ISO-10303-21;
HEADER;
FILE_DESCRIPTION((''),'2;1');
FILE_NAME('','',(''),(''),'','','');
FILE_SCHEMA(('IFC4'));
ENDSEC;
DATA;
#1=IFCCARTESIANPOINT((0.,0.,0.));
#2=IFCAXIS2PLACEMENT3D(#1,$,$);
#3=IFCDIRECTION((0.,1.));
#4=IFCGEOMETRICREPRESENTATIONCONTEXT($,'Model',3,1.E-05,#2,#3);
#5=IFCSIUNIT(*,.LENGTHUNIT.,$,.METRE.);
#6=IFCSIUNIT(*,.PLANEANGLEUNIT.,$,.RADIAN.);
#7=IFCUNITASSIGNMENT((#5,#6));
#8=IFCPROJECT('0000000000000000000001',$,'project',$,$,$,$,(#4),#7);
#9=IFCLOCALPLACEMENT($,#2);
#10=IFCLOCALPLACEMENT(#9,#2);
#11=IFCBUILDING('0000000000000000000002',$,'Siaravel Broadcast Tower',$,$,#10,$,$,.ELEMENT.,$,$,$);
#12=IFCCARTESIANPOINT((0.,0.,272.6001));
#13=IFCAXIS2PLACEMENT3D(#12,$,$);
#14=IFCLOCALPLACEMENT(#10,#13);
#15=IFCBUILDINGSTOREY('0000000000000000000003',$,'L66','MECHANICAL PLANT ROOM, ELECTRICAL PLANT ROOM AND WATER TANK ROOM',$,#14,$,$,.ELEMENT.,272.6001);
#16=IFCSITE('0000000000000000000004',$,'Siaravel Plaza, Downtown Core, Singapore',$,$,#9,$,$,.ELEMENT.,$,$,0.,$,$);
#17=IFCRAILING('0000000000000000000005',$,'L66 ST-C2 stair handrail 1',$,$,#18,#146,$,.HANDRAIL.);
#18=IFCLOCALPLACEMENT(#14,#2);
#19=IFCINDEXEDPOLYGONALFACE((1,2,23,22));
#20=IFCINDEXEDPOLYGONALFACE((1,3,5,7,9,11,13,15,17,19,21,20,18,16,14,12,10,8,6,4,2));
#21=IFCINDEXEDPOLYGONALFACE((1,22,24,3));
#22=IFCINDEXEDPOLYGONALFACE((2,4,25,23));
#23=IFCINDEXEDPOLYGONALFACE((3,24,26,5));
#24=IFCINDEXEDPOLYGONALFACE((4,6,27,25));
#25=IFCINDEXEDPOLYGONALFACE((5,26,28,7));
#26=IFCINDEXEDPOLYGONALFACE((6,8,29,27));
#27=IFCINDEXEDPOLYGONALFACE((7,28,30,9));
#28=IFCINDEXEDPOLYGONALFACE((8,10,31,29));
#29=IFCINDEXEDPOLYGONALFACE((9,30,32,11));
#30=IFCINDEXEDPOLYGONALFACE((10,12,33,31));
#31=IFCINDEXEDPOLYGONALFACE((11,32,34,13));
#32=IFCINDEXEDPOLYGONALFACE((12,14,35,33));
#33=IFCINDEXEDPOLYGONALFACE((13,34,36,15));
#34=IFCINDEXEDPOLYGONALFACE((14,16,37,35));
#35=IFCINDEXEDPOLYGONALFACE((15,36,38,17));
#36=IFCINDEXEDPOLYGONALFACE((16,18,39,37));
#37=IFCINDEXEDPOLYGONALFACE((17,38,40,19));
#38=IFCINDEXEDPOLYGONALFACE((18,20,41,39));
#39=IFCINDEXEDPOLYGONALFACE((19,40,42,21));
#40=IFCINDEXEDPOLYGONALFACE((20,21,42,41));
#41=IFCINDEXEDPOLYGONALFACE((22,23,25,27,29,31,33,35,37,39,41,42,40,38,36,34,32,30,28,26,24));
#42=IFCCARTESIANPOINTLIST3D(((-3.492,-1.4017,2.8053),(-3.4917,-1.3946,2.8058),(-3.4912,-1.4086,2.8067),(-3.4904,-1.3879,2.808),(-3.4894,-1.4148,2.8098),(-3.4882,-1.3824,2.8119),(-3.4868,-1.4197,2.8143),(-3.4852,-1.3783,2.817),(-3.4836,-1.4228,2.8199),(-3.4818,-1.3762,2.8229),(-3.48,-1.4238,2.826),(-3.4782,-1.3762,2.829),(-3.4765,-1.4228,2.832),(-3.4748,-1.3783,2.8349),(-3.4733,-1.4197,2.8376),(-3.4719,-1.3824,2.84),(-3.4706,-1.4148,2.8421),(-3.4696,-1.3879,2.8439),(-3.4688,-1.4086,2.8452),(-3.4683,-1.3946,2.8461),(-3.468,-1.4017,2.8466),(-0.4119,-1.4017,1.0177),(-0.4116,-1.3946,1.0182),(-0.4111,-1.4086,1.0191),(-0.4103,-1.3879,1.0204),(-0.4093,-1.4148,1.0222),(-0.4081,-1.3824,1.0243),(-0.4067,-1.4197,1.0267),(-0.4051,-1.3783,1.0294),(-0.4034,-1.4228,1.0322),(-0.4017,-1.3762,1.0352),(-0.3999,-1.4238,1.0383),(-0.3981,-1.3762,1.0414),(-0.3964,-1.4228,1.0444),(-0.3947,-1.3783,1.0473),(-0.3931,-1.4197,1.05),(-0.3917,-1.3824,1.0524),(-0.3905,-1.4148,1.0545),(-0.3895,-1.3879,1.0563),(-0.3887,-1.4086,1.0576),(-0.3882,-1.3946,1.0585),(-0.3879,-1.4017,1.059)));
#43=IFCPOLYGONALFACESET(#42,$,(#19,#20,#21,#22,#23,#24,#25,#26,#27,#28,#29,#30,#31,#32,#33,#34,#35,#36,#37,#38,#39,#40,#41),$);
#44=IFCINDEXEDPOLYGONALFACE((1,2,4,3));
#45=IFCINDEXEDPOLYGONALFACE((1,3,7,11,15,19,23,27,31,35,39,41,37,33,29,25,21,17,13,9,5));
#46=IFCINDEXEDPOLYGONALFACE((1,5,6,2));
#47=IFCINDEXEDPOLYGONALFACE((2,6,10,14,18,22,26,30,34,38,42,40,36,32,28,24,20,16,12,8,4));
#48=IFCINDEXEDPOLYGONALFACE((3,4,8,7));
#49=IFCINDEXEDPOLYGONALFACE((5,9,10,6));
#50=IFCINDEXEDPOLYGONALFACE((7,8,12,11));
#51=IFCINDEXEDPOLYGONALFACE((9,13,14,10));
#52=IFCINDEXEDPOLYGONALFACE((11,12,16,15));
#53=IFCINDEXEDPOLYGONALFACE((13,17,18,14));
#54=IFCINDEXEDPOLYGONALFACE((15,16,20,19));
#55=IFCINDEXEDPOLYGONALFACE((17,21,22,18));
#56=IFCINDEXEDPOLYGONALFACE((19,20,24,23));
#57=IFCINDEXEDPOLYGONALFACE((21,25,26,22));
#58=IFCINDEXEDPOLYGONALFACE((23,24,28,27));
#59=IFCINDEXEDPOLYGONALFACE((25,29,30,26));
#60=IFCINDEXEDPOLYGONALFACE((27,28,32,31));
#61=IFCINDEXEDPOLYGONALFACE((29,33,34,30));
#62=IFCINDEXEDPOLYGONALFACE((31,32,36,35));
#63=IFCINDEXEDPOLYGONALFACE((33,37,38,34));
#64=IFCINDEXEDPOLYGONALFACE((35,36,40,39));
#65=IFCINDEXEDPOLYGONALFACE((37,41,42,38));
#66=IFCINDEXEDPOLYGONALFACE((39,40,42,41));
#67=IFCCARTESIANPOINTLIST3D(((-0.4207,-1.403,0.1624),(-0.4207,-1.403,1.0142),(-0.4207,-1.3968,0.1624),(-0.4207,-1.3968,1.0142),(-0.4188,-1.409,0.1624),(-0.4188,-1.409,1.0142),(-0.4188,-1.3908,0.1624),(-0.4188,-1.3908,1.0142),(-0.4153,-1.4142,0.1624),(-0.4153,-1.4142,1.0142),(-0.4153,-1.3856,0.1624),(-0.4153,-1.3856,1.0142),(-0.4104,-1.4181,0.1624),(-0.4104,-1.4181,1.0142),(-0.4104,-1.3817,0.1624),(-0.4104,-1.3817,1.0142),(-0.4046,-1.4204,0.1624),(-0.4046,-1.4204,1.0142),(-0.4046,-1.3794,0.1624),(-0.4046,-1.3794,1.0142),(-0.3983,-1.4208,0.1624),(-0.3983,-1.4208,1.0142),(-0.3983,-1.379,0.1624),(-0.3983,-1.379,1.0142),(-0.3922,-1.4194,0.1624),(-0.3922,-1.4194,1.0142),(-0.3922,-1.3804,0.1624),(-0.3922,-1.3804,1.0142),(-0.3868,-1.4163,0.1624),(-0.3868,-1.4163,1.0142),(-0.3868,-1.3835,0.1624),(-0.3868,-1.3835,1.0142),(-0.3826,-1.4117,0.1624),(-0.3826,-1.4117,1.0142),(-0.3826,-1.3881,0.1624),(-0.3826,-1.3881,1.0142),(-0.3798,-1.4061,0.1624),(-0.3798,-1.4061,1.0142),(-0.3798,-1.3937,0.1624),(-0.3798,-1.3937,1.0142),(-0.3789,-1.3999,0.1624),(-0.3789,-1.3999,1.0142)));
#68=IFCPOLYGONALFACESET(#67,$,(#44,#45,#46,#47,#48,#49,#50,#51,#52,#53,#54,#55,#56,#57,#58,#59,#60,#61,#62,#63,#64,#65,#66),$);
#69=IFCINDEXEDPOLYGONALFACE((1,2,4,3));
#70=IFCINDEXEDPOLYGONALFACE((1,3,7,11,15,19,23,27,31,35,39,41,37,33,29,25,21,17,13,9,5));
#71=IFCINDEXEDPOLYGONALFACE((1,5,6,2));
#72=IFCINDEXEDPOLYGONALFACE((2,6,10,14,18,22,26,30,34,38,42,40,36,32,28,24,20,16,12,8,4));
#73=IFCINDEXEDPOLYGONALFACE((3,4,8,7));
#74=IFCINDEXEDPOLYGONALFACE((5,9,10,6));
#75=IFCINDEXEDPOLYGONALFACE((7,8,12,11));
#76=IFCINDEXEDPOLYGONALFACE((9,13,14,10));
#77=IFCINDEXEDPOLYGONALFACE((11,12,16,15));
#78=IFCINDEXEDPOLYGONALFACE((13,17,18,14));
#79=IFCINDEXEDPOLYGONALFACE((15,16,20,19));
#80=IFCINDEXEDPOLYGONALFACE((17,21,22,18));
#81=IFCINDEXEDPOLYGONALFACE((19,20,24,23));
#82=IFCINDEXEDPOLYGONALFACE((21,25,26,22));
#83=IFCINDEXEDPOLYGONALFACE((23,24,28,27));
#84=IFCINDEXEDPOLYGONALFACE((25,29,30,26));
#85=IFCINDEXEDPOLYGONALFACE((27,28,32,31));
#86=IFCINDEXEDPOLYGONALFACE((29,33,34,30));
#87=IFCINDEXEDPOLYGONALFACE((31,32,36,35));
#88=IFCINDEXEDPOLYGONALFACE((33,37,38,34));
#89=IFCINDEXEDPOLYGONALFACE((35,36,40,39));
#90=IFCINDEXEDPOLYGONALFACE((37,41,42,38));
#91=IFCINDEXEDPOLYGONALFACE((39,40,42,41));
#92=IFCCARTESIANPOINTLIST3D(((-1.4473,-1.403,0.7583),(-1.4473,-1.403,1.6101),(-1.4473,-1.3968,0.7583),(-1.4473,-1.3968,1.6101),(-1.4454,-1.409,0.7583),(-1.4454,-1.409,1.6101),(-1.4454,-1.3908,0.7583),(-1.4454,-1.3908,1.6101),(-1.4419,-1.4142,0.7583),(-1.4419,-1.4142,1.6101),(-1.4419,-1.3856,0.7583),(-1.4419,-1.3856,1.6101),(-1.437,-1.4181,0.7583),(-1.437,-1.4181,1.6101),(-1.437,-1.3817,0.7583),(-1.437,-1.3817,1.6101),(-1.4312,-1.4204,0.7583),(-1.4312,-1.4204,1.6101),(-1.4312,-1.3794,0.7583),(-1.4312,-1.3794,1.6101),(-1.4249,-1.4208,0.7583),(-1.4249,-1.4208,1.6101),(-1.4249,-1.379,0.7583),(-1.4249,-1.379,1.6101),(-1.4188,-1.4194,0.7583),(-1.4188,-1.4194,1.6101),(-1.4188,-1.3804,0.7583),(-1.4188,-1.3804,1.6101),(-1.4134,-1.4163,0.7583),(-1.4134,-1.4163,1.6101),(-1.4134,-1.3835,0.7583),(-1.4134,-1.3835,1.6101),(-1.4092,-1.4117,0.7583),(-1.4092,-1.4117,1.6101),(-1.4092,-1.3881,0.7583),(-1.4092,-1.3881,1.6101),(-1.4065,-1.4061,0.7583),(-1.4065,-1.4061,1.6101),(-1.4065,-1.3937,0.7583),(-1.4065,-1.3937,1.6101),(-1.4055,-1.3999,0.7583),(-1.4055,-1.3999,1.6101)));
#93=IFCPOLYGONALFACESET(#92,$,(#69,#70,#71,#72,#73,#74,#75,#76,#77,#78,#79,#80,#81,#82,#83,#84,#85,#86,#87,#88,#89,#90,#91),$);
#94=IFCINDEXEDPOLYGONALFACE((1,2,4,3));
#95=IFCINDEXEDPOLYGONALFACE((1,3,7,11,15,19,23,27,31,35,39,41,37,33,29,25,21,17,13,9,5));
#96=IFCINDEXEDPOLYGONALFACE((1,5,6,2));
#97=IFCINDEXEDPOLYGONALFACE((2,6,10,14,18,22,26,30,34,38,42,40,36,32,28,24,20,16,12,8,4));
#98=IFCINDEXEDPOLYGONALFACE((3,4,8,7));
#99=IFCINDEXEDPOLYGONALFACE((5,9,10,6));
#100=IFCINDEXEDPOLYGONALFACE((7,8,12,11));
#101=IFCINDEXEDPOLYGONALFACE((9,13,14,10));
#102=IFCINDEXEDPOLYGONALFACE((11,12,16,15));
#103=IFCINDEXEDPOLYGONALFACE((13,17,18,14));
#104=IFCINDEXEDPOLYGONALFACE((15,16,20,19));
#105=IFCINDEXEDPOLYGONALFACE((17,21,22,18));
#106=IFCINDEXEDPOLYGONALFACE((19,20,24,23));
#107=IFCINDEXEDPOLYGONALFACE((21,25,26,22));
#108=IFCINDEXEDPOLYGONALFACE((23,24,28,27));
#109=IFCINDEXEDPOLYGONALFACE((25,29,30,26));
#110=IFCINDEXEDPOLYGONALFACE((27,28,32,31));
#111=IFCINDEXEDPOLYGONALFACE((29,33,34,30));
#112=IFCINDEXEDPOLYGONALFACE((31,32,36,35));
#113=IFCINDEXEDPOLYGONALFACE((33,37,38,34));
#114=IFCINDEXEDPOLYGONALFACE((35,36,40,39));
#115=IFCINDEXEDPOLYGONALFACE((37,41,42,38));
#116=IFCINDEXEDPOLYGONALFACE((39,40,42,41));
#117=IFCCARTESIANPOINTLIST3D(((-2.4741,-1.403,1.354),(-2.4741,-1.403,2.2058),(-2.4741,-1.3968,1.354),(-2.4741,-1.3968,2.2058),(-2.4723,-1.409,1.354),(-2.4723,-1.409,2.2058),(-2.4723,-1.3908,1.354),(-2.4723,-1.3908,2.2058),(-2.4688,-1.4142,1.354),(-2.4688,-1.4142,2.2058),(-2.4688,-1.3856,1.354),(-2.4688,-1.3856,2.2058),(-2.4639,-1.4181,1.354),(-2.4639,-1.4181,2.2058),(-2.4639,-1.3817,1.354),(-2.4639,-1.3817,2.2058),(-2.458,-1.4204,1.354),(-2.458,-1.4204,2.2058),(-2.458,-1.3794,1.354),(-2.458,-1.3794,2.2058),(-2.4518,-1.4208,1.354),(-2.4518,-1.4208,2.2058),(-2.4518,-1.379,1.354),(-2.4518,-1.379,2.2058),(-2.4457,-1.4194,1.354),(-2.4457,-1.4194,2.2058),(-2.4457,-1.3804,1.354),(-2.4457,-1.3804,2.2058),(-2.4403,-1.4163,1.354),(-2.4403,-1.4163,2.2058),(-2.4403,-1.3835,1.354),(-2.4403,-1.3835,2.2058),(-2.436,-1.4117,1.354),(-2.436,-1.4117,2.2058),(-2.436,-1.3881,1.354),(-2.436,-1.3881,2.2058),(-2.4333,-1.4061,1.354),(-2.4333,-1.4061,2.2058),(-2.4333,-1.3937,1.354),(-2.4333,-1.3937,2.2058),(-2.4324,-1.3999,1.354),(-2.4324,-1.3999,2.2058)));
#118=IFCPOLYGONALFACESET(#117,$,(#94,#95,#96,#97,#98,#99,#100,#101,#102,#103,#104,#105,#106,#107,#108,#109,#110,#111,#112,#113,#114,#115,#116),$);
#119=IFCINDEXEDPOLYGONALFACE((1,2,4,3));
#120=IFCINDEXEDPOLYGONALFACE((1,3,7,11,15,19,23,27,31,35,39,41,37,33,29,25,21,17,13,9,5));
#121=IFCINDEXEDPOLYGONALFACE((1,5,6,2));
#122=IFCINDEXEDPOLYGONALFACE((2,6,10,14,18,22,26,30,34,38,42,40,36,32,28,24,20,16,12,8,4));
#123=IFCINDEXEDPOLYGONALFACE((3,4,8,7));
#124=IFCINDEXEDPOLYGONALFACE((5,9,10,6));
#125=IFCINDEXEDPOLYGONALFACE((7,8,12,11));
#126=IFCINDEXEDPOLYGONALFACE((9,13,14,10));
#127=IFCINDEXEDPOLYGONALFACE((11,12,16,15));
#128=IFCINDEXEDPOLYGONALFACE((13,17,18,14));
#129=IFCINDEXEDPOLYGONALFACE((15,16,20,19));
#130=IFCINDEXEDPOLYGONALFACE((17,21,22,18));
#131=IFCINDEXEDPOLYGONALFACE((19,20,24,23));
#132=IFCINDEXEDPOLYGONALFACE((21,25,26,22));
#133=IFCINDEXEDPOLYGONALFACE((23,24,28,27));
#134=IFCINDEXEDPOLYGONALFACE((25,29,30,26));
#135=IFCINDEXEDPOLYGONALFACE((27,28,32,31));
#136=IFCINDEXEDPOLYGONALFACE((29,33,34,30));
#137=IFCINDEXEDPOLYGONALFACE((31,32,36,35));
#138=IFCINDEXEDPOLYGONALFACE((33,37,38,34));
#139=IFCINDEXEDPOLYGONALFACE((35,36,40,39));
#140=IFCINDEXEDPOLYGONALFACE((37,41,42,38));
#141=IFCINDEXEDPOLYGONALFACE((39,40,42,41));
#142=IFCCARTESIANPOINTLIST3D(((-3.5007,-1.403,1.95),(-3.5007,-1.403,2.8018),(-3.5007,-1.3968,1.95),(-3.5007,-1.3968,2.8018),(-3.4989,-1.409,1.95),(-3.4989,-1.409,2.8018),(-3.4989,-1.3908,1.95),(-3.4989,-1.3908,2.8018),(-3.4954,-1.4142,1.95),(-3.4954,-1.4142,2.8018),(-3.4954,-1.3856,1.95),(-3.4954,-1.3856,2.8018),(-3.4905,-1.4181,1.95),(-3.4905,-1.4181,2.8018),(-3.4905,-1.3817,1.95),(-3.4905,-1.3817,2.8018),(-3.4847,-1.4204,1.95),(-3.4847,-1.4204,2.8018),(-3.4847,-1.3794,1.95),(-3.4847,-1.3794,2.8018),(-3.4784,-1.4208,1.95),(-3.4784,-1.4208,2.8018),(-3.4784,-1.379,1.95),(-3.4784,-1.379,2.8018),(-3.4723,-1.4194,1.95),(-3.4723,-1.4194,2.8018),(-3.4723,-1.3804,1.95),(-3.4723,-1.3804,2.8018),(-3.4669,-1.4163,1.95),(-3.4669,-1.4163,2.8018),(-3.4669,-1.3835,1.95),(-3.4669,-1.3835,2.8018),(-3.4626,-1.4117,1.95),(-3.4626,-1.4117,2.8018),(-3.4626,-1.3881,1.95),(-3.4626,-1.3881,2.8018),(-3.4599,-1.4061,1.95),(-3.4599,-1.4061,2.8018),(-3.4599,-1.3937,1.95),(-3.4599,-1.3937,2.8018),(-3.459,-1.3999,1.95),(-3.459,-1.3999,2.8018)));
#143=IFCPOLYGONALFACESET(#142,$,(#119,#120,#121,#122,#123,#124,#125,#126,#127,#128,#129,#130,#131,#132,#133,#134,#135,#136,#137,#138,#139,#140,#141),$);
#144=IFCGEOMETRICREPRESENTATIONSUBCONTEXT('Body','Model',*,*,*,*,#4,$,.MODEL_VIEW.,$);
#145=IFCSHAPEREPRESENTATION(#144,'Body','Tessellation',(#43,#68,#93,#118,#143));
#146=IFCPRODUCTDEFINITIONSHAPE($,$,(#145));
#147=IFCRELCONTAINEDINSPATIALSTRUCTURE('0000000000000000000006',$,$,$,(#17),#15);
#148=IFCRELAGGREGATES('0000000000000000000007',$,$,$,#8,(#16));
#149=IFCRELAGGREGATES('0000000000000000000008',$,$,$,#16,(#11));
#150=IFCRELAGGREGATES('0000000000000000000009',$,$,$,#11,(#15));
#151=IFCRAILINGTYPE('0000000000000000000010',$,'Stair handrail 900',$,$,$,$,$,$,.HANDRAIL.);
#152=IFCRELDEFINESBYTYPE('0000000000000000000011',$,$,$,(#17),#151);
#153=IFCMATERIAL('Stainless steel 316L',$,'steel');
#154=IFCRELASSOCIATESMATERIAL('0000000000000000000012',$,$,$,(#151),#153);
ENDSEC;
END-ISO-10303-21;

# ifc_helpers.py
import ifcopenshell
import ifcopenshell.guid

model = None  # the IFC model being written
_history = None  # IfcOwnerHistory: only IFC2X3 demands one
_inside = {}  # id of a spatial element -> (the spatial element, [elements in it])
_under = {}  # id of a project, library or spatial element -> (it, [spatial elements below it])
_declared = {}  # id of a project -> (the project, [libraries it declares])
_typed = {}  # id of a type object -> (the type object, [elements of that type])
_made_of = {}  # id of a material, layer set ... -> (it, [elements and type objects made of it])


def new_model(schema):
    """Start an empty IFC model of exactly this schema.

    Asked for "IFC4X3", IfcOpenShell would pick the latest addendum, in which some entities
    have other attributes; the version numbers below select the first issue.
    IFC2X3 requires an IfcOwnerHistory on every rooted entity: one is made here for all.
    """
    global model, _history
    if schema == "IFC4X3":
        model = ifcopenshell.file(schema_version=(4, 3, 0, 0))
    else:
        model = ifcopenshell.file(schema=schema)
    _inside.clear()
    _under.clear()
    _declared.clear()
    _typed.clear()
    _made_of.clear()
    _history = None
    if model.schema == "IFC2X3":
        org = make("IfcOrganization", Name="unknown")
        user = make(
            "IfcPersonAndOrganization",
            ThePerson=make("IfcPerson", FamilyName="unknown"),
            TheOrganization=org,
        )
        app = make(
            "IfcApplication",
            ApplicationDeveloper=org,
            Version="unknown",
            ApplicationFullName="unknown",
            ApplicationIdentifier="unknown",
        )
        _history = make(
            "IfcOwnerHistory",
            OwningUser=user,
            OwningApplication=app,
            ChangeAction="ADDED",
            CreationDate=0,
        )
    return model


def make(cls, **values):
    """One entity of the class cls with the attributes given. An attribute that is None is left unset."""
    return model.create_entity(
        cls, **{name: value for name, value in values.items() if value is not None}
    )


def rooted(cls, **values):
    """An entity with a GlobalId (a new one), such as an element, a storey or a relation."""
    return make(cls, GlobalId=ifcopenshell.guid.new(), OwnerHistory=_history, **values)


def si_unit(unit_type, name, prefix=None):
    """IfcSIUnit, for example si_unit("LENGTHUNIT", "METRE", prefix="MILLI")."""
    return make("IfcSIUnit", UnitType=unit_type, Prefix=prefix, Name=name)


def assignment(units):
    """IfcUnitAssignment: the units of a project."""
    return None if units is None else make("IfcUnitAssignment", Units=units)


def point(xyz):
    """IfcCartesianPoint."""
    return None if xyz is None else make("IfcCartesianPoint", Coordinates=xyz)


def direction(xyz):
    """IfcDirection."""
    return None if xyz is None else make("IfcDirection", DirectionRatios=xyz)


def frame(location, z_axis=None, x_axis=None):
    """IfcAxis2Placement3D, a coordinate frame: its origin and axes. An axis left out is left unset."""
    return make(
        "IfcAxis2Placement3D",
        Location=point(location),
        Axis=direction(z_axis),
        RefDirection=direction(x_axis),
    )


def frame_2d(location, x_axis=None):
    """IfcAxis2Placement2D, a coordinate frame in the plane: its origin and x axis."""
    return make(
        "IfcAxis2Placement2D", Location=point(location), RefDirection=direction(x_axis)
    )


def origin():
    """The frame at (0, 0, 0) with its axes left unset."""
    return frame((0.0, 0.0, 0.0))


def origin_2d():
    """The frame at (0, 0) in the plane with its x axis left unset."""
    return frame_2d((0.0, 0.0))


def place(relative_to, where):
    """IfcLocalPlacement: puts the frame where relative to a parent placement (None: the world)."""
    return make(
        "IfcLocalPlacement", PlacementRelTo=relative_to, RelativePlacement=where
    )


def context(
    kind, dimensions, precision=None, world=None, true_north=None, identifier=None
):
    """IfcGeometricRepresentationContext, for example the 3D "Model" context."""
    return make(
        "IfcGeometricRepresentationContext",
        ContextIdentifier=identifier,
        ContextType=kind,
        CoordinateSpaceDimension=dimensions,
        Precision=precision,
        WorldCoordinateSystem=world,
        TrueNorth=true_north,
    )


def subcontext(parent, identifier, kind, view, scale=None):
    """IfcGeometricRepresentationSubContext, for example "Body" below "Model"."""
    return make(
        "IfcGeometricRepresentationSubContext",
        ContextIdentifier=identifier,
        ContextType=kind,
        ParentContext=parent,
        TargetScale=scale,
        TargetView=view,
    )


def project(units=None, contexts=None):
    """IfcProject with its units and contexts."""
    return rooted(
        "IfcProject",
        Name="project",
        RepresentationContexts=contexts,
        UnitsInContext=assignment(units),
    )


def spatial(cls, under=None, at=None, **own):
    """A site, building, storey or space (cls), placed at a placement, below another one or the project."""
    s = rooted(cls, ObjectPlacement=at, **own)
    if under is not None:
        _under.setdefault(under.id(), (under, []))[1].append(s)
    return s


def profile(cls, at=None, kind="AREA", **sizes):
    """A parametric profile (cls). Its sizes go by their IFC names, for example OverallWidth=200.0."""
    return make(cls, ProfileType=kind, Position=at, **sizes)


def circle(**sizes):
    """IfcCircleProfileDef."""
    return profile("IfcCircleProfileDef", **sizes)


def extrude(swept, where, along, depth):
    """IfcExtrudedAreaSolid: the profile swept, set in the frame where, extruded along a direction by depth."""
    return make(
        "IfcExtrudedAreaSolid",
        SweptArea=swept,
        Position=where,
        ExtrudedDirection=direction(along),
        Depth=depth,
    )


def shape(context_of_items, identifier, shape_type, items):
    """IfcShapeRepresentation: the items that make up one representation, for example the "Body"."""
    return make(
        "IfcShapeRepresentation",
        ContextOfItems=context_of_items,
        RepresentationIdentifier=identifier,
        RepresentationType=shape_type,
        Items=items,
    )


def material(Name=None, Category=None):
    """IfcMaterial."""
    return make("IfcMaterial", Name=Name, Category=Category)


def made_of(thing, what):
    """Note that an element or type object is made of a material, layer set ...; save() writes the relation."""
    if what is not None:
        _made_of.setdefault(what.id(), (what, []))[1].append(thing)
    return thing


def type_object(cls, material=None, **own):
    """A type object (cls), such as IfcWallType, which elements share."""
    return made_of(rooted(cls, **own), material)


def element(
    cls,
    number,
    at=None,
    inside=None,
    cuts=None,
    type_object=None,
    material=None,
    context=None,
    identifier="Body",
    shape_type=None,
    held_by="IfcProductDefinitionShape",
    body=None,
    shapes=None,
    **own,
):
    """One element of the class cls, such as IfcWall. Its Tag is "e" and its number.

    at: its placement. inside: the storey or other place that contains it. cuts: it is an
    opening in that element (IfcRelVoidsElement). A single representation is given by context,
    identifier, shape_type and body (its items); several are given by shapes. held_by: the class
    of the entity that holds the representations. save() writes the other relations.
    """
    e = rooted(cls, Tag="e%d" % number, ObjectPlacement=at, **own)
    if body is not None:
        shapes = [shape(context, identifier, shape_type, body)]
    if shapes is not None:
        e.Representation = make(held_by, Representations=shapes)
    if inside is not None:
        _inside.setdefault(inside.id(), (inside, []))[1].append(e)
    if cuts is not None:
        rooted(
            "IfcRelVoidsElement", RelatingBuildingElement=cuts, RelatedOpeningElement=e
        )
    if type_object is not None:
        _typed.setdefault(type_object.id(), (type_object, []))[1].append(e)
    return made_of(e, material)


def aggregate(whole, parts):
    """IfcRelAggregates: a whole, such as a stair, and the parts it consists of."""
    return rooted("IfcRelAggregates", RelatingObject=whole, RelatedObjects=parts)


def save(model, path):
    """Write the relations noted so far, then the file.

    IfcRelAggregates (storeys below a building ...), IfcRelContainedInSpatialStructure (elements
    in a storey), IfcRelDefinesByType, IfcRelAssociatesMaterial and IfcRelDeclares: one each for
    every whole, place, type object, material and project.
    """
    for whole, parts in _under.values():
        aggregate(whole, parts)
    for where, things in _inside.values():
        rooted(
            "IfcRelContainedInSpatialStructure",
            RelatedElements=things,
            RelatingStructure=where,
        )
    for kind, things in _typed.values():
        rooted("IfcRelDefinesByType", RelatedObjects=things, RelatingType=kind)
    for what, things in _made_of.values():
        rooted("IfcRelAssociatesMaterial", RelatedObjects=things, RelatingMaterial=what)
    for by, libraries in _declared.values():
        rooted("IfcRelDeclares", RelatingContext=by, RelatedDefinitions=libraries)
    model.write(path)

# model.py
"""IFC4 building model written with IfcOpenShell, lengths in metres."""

from ifc_helpers import new_model, si_unit, direction, frame, origin, origin_2d, place, context, subcontext, project, spatial, circle, extrude, material, type_object, element, save


model = new_model("IFC4")

# Units and contexts
model_context = context("Model", 3, precision=1e-05, world=origin(), true_north=direction((0.0, 1.0)))
body_context = subcontext(model_context, "Body", "Model", "MODEL_VIEW")
ifc_project = project(units=[si_unit("LENGTHUNIT", "METRE"), si_unit("PLANEANGLEUNIT", "RADIAN")], contexts=[model_context])

# Site, building, storey
site_placement = place(None, origin())
site = spatial("IfcSite", under=ifc_project, at=site_placement, Name="Siaravel Plaza, Downtown Core, Singapore", CompositionType="ELEMENT", RefElevation=0.0)
building_placement = place(site_placement, origin())
building = spatial("IfcBuilding", under=site, at=building_placement, Name="Siaravel Broadcast Tower", CompositionType="ELEMENT")
storey_placement = place(building_placement, frame((0.0, 0.0, 272.6001)))
storey = spatial("IfcBuildingStorey", under=building, at=storey_placement, Name="L66", Description="MECHANICAL PLANT ROOM, ELECTRICAL PLANT ROOM AND WATER TANK ROOM", CompositionType="ELEMENT", Elevation=272.6001)

# Shared definitions
ifc_material_1 = material(Name="Stainless steel 316L", Category="steel")

# Railing
railing_type_1 = type_object("IfcRailingType", Name="Stair handrail 900", PredefinedType="HANDRAIL", material=ifc_material_1)
railing_1_placement = place(storey_placement, frame((-0.3999, -1.3999, 0.1624)))
element("IfcRailing", 1, at=railing_1_placement, inside=storey, type_object=railing_type_1, Name="L66 ST-C2 stair handrail 1", PredefinedType="HANDRAIL", context=body_context, shape_type="SweptSolid", body=[
    extrude(circle(Radius=0.0239, at=origin_2d()), frame((0.0, 0.0, 0.876), z_axis=(-0.864891, 0.0, 0.50196), x_axis=(0.0, -1.0, 0.0)), (0.0, 0.0, 1.0), 3.5613),
    extrude(circle(Radius=0.021, at=origin_2d()), origin(), (0.0, 0.0, 1.0), 0.8518),
    extrude(circle(Radius=0.021, at=origin_2d()), frame((-1.0266, 0.0, 0.5959)), (0.0, 0.0, 1.0), 0.8518),
    extrude(circle(Radius=0.021, at=origin_2d()), frame((-2.0535, 0.0, 1.1917)), (0.0, 0.0, 1.0), 0.8518),
    extrude(circle(Radius=0.021, at=origin_2d()), frame((-3.0801, 0.0, 1.7876)), (0.0, 0.0, 1.0), 0.8518),
])

save(model, "model.ifc")
